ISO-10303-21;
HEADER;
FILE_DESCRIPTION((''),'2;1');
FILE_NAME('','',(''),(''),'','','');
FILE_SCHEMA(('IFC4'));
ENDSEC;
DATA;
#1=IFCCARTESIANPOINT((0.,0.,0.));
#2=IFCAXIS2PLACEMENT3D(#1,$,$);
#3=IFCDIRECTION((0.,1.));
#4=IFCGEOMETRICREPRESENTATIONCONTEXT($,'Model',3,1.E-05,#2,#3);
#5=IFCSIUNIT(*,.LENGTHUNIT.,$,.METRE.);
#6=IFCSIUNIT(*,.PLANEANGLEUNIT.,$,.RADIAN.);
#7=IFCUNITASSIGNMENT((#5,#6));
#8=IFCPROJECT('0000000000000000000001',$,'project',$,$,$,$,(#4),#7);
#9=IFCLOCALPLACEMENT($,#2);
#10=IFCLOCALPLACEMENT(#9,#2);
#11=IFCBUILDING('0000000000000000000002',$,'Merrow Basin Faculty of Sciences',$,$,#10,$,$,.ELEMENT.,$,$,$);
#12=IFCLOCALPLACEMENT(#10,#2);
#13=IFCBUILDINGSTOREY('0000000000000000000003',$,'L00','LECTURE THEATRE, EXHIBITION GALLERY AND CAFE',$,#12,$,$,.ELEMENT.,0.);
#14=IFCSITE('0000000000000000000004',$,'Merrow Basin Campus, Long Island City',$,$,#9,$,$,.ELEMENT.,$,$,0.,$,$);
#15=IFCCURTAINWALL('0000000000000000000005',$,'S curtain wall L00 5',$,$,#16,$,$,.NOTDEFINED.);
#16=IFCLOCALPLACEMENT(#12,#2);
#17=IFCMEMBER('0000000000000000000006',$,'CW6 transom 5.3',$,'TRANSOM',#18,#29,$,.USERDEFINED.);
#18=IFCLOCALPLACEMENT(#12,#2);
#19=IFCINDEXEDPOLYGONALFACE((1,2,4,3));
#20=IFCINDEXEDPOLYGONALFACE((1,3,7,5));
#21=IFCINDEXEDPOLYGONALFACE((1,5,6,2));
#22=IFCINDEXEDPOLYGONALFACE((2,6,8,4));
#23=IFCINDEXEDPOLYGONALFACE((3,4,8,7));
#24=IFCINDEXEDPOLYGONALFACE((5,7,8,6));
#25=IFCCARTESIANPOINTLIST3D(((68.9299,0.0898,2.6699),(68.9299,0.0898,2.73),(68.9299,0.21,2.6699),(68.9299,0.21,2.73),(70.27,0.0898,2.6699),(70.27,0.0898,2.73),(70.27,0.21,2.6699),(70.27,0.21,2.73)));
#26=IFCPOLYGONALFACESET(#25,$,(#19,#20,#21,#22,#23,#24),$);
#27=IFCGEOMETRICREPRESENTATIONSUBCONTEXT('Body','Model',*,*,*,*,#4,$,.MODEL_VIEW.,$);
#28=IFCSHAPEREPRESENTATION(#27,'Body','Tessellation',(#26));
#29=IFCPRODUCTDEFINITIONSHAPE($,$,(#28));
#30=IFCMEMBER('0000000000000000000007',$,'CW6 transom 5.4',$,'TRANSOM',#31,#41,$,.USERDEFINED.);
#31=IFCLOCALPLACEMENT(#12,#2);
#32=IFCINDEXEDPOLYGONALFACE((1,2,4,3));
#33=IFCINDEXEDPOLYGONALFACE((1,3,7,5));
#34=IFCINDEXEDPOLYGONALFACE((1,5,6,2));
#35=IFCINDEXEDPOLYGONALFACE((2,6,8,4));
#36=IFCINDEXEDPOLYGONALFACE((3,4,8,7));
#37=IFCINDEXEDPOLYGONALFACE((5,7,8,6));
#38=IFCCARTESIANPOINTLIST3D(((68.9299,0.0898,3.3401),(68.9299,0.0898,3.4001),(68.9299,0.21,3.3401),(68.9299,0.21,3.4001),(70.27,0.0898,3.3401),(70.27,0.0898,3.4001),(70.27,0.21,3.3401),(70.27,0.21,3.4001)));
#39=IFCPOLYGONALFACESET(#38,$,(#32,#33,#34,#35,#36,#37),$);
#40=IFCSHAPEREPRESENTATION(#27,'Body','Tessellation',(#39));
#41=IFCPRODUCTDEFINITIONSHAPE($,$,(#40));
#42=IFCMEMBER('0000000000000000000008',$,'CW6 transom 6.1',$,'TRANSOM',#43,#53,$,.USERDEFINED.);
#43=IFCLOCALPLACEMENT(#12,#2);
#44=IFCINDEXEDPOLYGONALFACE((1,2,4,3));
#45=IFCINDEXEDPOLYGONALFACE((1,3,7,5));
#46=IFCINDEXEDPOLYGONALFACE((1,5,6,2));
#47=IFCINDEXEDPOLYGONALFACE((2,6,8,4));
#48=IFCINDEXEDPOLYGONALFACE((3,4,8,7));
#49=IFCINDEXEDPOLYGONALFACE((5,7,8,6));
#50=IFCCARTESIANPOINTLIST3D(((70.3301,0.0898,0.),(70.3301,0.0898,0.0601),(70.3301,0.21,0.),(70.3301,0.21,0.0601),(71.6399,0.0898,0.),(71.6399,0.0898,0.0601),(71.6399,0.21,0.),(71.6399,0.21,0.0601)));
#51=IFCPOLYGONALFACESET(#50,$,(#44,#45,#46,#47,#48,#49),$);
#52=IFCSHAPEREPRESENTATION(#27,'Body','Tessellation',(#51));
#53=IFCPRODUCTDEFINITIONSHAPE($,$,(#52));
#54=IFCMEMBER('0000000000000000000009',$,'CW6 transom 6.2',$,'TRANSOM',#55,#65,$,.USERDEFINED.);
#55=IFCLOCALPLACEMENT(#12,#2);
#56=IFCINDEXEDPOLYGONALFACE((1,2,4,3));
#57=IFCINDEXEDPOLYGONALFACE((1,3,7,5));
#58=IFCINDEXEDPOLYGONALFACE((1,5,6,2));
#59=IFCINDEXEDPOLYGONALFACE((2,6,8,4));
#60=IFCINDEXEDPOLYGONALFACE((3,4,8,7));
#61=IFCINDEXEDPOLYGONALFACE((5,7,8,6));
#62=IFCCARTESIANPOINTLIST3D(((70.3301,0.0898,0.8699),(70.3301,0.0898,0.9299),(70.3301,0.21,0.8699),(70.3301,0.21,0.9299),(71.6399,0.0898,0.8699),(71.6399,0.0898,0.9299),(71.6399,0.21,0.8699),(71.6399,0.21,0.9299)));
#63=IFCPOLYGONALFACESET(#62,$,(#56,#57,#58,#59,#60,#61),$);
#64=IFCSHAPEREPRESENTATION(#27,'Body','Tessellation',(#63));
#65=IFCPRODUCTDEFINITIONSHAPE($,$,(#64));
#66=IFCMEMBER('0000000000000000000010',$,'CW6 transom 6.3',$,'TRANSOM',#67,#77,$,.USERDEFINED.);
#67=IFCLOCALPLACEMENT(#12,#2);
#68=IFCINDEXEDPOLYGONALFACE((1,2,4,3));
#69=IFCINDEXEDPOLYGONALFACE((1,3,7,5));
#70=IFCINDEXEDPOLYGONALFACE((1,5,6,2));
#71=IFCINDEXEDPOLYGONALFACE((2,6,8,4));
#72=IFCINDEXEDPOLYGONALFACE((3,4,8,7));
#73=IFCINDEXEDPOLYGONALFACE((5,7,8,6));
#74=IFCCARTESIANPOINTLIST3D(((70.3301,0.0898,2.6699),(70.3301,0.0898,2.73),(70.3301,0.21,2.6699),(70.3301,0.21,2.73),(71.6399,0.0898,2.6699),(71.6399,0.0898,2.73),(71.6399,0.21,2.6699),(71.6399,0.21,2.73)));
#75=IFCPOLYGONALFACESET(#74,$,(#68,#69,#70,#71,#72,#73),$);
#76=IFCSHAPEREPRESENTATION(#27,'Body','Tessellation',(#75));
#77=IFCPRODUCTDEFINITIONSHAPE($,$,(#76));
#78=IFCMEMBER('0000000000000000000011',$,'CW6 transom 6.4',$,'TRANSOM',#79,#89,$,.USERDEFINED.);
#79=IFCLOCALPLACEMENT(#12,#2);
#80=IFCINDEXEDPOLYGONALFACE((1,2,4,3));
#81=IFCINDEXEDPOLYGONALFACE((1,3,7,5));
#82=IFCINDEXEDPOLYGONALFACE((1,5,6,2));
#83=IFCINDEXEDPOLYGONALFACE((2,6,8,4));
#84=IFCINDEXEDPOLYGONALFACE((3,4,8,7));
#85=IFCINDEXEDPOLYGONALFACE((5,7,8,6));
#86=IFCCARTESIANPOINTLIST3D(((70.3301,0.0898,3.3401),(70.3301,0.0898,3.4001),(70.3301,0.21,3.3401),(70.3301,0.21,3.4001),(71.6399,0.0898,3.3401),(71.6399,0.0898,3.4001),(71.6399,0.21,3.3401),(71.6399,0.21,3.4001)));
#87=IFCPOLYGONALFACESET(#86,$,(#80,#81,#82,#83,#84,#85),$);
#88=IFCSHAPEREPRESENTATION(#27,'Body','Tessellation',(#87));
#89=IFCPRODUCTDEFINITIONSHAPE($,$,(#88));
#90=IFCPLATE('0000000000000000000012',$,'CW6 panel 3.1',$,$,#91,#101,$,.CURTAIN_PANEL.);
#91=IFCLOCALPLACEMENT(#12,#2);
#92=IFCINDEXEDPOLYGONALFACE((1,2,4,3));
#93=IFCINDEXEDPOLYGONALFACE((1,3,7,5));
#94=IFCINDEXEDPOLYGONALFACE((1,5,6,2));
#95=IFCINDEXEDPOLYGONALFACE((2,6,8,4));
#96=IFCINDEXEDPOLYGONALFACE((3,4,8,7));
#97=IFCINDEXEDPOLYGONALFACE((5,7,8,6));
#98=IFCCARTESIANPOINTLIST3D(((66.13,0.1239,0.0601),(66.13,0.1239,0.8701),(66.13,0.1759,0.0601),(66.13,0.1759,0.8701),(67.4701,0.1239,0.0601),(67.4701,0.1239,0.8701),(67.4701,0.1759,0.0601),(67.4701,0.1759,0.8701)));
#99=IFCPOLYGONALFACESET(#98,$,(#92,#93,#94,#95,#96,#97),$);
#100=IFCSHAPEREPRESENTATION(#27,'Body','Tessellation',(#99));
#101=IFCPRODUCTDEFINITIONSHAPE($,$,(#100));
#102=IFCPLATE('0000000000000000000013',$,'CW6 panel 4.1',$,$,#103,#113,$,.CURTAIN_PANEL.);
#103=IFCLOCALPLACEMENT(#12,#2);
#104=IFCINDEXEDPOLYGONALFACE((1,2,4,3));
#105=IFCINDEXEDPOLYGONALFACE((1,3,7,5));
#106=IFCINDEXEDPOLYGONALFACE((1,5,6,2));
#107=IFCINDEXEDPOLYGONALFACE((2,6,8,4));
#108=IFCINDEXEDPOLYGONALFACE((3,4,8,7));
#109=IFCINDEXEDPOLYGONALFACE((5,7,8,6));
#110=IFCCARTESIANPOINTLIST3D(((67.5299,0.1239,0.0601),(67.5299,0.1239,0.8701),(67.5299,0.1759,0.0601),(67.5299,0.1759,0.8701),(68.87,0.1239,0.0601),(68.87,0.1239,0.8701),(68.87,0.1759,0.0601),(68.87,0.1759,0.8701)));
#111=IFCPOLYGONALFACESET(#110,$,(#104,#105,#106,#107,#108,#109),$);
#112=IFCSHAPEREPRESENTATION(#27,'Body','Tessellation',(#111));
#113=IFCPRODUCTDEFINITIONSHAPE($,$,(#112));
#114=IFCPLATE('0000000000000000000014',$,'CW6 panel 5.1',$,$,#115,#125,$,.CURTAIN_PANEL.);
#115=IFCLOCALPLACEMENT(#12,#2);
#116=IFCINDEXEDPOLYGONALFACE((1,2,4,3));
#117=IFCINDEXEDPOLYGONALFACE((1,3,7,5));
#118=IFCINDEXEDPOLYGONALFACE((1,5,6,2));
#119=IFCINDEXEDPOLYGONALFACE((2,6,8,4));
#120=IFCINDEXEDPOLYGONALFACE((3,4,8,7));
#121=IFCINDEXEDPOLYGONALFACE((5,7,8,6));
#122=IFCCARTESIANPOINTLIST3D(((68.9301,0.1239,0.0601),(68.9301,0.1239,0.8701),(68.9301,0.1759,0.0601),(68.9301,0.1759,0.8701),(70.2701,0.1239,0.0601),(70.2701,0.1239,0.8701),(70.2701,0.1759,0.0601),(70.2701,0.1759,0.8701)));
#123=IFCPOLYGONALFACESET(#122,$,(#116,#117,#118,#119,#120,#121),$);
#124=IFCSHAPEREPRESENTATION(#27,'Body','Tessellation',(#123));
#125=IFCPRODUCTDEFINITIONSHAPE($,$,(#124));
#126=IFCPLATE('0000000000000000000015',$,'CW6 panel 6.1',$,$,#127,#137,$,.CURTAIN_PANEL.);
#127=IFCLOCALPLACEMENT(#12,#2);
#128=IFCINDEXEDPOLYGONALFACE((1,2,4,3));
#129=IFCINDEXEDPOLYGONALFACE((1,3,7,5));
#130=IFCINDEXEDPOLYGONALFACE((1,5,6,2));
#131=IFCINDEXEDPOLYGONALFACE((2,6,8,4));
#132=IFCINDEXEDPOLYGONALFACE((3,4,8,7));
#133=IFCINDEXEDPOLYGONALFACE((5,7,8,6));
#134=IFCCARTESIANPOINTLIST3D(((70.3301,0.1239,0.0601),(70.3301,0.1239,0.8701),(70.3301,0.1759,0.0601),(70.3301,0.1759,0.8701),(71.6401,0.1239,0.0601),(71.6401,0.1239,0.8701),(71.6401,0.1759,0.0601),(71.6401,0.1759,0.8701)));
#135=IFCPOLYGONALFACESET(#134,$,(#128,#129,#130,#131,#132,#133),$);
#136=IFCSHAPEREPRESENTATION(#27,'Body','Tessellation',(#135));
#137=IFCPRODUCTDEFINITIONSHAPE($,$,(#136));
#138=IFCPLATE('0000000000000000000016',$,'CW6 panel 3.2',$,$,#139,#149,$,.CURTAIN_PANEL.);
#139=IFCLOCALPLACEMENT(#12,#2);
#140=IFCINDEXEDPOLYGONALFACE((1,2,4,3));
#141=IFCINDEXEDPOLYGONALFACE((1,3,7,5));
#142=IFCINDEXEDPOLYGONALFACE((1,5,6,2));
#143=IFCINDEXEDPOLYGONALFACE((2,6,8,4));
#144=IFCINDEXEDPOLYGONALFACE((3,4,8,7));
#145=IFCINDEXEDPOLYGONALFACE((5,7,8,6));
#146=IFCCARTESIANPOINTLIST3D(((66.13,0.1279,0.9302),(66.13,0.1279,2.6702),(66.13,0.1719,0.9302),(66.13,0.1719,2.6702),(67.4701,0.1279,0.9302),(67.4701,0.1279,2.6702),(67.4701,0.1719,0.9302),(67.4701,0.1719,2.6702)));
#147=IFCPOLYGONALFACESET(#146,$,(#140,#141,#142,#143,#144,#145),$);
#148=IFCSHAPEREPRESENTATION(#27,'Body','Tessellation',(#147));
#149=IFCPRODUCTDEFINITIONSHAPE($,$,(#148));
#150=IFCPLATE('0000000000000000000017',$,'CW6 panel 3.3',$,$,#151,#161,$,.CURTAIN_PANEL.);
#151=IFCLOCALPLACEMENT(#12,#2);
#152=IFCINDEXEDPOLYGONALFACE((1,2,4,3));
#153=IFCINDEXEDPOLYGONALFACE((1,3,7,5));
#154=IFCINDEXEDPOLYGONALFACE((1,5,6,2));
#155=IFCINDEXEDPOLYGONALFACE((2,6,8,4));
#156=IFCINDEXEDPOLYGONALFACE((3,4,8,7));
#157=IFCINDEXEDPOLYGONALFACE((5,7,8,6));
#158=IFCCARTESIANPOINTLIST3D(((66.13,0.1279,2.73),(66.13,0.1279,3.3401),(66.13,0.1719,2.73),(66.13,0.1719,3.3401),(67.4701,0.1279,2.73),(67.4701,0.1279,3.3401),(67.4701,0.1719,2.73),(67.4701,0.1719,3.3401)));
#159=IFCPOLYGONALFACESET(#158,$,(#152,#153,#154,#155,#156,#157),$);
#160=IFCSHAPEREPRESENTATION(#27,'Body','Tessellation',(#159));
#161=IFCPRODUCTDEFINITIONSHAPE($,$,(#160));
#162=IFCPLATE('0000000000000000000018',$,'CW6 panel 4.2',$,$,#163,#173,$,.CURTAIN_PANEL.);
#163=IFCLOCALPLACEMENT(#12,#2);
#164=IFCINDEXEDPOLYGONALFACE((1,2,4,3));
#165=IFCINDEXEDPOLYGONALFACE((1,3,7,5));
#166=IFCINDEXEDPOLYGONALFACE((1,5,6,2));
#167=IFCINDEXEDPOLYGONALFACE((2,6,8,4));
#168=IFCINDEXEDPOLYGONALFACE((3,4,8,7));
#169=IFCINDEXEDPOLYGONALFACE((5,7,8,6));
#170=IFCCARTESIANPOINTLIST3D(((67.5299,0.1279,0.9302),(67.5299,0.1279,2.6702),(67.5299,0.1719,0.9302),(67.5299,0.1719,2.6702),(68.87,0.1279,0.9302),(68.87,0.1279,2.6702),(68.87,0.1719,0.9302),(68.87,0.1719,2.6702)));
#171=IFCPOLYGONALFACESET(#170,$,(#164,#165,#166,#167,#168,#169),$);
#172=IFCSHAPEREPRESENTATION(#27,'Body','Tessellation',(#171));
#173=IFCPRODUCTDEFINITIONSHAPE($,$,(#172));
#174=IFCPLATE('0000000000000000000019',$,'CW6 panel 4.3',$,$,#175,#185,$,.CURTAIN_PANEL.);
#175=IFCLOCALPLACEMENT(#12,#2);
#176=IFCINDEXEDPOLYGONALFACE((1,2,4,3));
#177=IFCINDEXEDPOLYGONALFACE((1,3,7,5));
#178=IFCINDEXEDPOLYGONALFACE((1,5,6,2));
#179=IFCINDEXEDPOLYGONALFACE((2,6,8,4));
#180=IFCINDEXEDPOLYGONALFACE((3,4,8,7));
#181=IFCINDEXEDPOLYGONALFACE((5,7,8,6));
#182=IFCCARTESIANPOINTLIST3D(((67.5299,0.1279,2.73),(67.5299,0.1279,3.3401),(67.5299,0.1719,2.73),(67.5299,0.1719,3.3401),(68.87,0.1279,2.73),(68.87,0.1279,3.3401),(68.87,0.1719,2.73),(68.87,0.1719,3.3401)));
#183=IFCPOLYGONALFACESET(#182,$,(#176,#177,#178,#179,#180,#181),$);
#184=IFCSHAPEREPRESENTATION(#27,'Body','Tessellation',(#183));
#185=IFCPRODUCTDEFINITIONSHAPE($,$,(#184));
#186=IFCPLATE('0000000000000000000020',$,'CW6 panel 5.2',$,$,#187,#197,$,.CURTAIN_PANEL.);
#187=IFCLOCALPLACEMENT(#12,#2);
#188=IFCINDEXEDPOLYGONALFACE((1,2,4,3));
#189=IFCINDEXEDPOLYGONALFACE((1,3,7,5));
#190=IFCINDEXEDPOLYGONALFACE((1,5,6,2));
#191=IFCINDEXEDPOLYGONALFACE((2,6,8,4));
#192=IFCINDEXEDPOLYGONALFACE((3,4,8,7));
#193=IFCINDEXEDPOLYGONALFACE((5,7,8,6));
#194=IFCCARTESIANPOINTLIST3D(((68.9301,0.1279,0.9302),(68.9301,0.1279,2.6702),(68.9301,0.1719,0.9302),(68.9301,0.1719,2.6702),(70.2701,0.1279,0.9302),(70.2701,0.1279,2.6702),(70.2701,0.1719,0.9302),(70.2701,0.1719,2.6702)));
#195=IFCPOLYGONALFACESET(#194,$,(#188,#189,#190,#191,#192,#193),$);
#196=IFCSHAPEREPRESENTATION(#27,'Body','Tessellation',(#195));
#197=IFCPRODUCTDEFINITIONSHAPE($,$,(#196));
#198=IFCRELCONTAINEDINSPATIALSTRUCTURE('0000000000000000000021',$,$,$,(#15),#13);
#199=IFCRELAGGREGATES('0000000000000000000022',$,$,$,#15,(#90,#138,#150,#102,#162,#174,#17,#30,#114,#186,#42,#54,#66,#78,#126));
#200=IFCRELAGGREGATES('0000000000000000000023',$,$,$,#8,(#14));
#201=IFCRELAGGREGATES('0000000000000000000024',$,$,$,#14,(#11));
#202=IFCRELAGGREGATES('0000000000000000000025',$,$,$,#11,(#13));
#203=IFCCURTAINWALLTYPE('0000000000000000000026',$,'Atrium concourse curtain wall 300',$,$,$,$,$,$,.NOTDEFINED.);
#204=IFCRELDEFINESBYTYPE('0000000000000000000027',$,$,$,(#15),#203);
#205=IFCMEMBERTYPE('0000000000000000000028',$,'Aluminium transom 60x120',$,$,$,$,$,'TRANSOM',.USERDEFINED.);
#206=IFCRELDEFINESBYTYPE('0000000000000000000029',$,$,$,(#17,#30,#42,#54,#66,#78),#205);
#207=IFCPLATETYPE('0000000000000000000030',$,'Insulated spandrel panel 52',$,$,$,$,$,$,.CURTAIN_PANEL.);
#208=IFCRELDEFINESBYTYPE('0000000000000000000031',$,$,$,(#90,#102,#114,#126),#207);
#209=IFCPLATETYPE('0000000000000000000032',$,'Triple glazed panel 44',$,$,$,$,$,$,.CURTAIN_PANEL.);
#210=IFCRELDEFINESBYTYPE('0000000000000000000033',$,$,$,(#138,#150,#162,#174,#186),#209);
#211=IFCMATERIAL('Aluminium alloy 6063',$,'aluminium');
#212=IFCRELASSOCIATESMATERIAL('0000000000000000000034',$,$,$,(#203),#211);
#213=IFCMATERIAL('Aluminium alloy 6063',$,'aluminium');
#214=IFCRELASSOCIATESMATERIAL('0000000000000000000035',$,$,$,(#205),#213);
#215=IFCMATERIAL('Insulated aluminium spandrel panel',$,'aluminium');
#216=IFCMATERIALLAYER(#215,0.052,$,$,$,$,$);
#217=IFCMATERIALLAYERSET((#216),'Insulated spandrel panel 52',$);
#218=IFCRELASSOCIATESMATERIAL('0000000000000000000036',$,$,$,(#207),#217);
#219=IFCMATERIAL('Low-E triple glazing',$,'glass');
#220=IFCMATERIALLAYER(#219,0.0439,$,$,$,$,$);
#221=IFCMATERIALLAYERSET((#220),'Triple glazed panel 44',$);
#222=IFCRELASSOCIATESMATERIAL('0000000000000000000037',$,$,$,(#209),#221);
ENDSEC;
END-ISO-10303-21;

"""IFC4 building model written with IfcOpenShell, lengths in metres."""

from ifc_helpers import new_model, si_unit, direction, frame, origin, origin_2d, place, context, subcontext, project, spatial, rectangle, extrude, material, layer, layer_set, material_profile, profile_set, type_object, element, aggregate, save


model = new_model("IFC4")

# Units and contexts
model_context = context("Model", 3, precision=1e-05, world=origin(), true_north=direction((0.0, 1.0)))
body_context = subcontext(model_context, "Body", "Model", "MODEL_VIEW")
ifc_project = project(units=[si_unit("LENGTHUNIT", "METRE"), si_unit("PLANEANGLEUNIT", "RADIAN")], contexts=[model_context])

# Site, building, storey
site_placement = place(None, origin())
site = spatial("IfcSite", under=ifc_project, at=site_placement, Name="Merrow Basin Campus, Long Island City", CompositionType="ELEMENT", RefElevation=0.0)
building_placement = place(site_placement, origin())
building = spatial("IfcBuilding", under=site, at=building_placement, Name="Merrow Basin Faculty of Sciences", CompositionType="ELEMENT")
storey_placement = place(building_placement, origin())
storey = spatial("IfcBuildingStorey", under=building, at=storey_placement, Name="L00", Description="LECTURE THEATRE, EXHIBITION GALLERY AND CAFE", CompositionType="ELEMENT", Elevation=0.0)

# Curtain wall, members, plates
ifc_material_1 = material(Name="Aluminium alloy 6063", Category="aluminium")
curtain_wall_type = type_object("IfcCurtainWallType", Name="Atrium concourse curtain wall 300", PredefinedType="NOTDEFINED", material=ifc_material_1)
curtain_wall_placement = place(storey_placement, origin())
curtain_wall = element("IfcCurtainWall", 1, at=curtain_wall_placement, inside=storey, type_object=curtain_wall_type, Name="S curtain wall L00 5", PredefinedType="NOTDEFINED")
ifc_material_2 = material(Name="Aluminium alloy 6063", Category="aluminium")
ifc_material_profile_1 = material_profile(ifc_material_2, rectangle(XDim=0.1201, YDim=0.0601, at=origin_2d()))
ifc_profile_set_1 = profile_set([ifc_material_profile_1], Name="Aluminium alloy 6063")
member_type_1 = type_object("IfcMemberType", Name="Aluminium transom 60x120", ElementType="TRANSOM", PredefinedType="USERDEFINED", material=ifc_profile_set_1)
member_1_placement = place(storey_placement, frame((68.9299, 0.1499, 2.7), z_axis=(1.0, 0.0, 0.0), x_axis=(0.0, 1.0, 0.0)))
member_1 = element("IfcMember", 2, at=member_1_placement, type_object=member_type_1, Name="CW6 transom 5.3", ObjectType="TRANSOM", PredefinedType="USERDEFINED", context=body_context, shape_type="SweptSolid", body=[
    extrude(rectangle(XDim=0.1201, YDim=0.0601, at=origin_2d()), origin(), (0.0, 0.0, 1.0), 1.3401),
])
member_2_placement = place(storey_placement, frame((68.9299, 0.1499, 3.3701), z_axis=(1.0, 0.0, 0.0), x_axis=(0.0, 1.0, 0.0)))
member_2 = element("IfcMember", 3, at=member_2_placement, type_object=member_type_1, Name="CW6 transom 5.4", ObjectType="TRANSOM", PredefinedType="USERDEFINED", context=body_context, shape_type="SweptSolid", body=[
    extrude(rectangle(XDim=0.1201, YDim=0.0601, at=origin_2d()), origin(), (0.0, 0.0, 1.0), 1.3401),
])
member_3_placement = place(storey_placement, frame((70.3301, 0.1499, 0.03), z_axis=(1.0, 0.0, 0.0), x_axis=(0.0, 1.0, 0.0)))
member_3 = element("IfcMember", 4, at=member_3_placement, type_object=member_type_1, Name="CW6 transom 6.1", ObjectType="TRANSOM", PredefinedType="USERDEFINED", context=body_context, shape_type="SweptSolid", body=[
    extrude(rectangle(XDim=0.1201, YDim=0.0601, at=origin_2d()), origin(), (0.0, 0.0, 1.0), 1.3098),
])
member_4_placement = place(storey_placement, frame((70.3301, 0.1499, 0.8999), z_axis=(1.0, 0.0, 0.0), x_axis=(0.0, 1.0, 0.0)))
member_4 = element("IfcMember", 5, at=member_4_placement, type_object=member_type_1, Name="CW6 transom 6.2", ObjectType="TRANSOM", PredefinedType="USERDEFINED", context=body_context, shape_type="SweptSolid", body=[
    extrude(rectangle(XDim=0.1201, YDim=0.0601, at=origin_2d()), origin(), (0.0, 0.0, 1.0), 1.3098),
])
member_5_placement = place(storey_placement, frame((70.3301, 0.1499, 2.7), z_axis=(1.0, 0.0, 0.0), x_axis=(0.0, 1.0, 0.0)))
member_5 = element("IfcMember", 6, at=member_5_placement, type_object=member_type_1, Name="CW6 transom 6.3", ObjectType="TRANSOM", PredefinedType="USERDEFINED", context=body_context, shape_type="SweptSolid", body=[
    extrude(rectangle(XDim=0.1201, YDim=0.0601, at=origin_2d()), origin(), (0.0, 0.0, 1.0), 1.3098),
])
member_6_placement = place(storey_placement, frame((70.3301, 0.1499, 3.3701), z_axis=(1.0, 0.0, 0.0), x_axis=(0.0, 1.0, 0.0)))
member_6 = element("IfcMember", 7, at=member_6_placement, type_object=member_type_1, Name="CW6 transom 6.4", ObjectType="TRANSOM", PredefinedType="USERDEFINED", context=body_context, shape_type="SweptSolid", body=[
    extrude(rectangle(XDim=0.1201, YDim=0.0601, at=origin_2d()), origin(), (0.0, 0.0, 1.0), 1.3098),
])
ifc_material_3 = material(Name="Insulated aluminium spandrel panel", Category="aluminium")
ifc_layer_1 = layer(ifc_material_3, 0.052)
ifc_layer_set_1 = layer_set([ifc_layer_1], Name="Insulated spandrel panel 52")
plate_type_1 = type_object("IfcPlateType", Name="Insulated spandrel panel 52", PredefinedType="CURTAIN_PANEL", material=ifc_layer_set_1)
plate_1_placement = place(storey_placement, frame((66.8, 0.1499, 0.0601), z_axis=(0.0, 0.0, 1.0), x_axis=(1.0, 0.0, 0.0)))
plate_1 = element("IfcPlate", 8, at=plate_1_placement, type_object=plate_type_1, Name="CW6 panel 3.1", PredefinedType="CURTAIN_PANEL", context=body_context, shape_type="SweptSolid", body=[
    extrude(rectangle(XDim=1.3401, YDim=0.052, at=origin_2d()), origin(), (0.0, 0.0, 1.0), 0.8101),
])
plate_2_placement = place(storey_placement, frame((68.2, 0.1499, 0.0601), z_axis=(0.0, 0.0, 1.0), x_axis=(1.0, 0.0, 0.0)))
plate_2 = element("IfcPlate", 9, at=plate_2_placement, type_object=plate_type_1, Name="CW6 panel 4.1", PredefinedType="CURTAIN_PANEL", context=body_context, shape_type="SweptSolid", body=[
    extrude(rectangle(XDim=1.3401, YDim=0.052, at=origin_2d()), origin(), (0.0, 0.0, 1.0), 0.8101),
])
plate_3_placement = place(storey_placement, frame((69.6001, 0.1499, 0.0601), z_axis=(0.0, 0.0, 1.0), x_axis=(1.0, 0.0, 0.0)))
plate_3 = element("IfcPlate", 10, at=plate_3_placement, type_object=plate_type_1, Name="CW6 panel 5.1", PredefinedType="CURTAIN_PANEL", context=body_context, shape_type="SweptSolid", body=[
    extrude(rectangle(XDim=1.3401, YDim=0.052, at=origin_2d()), origin(), (0.0, 0.0, 1.0), 0.8101),
])
plate_4_placement = place(storey_placement, frame((70.9851, 0.1499, 0.0601), z_axis=(0.0, 0.0, 1.0), x_axis=(1.0, 0.0, 0.0)))
plate_4 = element("IfcPlate", 11, at=plate_4_placement, type_object=plate_type_1, Name="CW6 panel 6.1", PredefinedType="CURTAIN_PANEL", context=body_context, shape_type="SweptSolid", body=[
    extrude(rectangle(XDim=1.3101, YDim=0.052, at=origin_2d()), origin(), (0.0, 0.0, 1.0), 0.8101),
])
ifc_material_4 = material(Name="Low-E triple glazing", Category="glass")
ifc_layer_2 = layer(ifc_material_4, 0.0439)
ifc_layer_set_2 = layer_set([ifc_layer_2], Name="Triple glazed panel 44")
plate_type_2 = type_object("IfcPlateType", Name="Triple glazed panel 44", PredefinedType="CURTAIN_PANEL", material=ifc_layer_set_2)
plate_5_placement = place(storey_placement, frame((66.8, 0.1499, 0.9302), z_axis=(0.0, 0.0, 1.0), x_axis=(1.0, 0.0, 0.0)))
plate_5 = element("IfcPlate", 12, at=plate_5_placement, type_object=plate_type_2, Name="CW6 panel 3.2", PredefinedType="CURTAIN_PANEL", context=body_context, shape_type="SweptSolid", body=[
    extrude(rectangle(XDim=1.3401, YDim=0.0439, at=origin_2d()), origin(), (0.0, 0.0, 1.0), 1.74),
])
plate_6_placement = place(storey_placement, frame((66.8, 0.1499, 2.73), z_axis=(0.0, 0.0, 1.0), x_axis=(1.0, 0.0, 0.0)))
plate_6 = element("IfcPlate", 13, at=plate_6_placement, type_object=plate_type_2, Name="CW6 panel 3.3", PredefinedType="CURTAIN_PANEL", context=body_context, shape_type="SweptSolid", body=[
    extrude(rectangle(XDim=1.3401, YDim=0.0439, at=origin_2d()), origin(), (0.0, 0.0, 1.0), 0.6101),
])
plate_7_placement = place(storey_placement, frame((68.2, 0.1499, 0.9302), z_axis=(0.0, 0.0, 1.0), x_axis=(1.0, 0.0, 0.0)))
plate_7 = element("IfcPlate", 14, at=plate_7_placement, type_object=plate_type_2, Name="CW6 panel 4.2", PredefinedType="CURTAIN_PANEL", context=body_context, shape_type="SweptSolid", body=[
    extrude(rectangle(XDim=1.3401, YDim=0.0439, at=origin_2d()), origin(), (0.0, 0.0, 1.0), 1.74),
])
plate_8_placement = place(storey_placement, frame((68.2, 0.1499, 2.73), z_axis=(0.0, 0.0, 1.0), x_axis=(1.0, 0.0, 0.0)))
plate_8 = element("IfcPlate", 15, at=plate_8_placement, type_object=plate_type_2, Name="CW6 panel 4.3", PredefinedType="CURTAIN_PANEL", context=body_context, shape_type="SweptSolid", body=[
    extrude(rectangle(XDim=1.3401, YDim=0.0439, at=origin_2d()), origin(), (0.0, 0.0, 1.0), 0.6101),
])
plate_9_placement = place(storey_placement, frame((69.6001, 0.1499, 0.9302), z_axis=(0.0, 0.0, 1.0), x_axis=(1.0, 0.0, 0.0)))
plate_9 = element("IfcPlate", 16, at=plate_9_placement, type_object=plate_type_2, Name="CW6 panel 5.2", PredefinedType="CURTAIN_PANEL", context=body_context, shape_type="SweptSolid", body=[
    extrude(rectangle(XDim=1.3401, YDim=0.0439, at=origin_2d()), origin(), (0.0, 0.0, 1.0), 1.74),
])
aggregate(curtain_wall, [plate_1, plate_5, plate_6, plate_2, plate_7, plate_8, member_1, member_2, plate_3, plate_9, member_3, member_4, member_5, member_6, plate_4])

save(model, "model.ifc")
